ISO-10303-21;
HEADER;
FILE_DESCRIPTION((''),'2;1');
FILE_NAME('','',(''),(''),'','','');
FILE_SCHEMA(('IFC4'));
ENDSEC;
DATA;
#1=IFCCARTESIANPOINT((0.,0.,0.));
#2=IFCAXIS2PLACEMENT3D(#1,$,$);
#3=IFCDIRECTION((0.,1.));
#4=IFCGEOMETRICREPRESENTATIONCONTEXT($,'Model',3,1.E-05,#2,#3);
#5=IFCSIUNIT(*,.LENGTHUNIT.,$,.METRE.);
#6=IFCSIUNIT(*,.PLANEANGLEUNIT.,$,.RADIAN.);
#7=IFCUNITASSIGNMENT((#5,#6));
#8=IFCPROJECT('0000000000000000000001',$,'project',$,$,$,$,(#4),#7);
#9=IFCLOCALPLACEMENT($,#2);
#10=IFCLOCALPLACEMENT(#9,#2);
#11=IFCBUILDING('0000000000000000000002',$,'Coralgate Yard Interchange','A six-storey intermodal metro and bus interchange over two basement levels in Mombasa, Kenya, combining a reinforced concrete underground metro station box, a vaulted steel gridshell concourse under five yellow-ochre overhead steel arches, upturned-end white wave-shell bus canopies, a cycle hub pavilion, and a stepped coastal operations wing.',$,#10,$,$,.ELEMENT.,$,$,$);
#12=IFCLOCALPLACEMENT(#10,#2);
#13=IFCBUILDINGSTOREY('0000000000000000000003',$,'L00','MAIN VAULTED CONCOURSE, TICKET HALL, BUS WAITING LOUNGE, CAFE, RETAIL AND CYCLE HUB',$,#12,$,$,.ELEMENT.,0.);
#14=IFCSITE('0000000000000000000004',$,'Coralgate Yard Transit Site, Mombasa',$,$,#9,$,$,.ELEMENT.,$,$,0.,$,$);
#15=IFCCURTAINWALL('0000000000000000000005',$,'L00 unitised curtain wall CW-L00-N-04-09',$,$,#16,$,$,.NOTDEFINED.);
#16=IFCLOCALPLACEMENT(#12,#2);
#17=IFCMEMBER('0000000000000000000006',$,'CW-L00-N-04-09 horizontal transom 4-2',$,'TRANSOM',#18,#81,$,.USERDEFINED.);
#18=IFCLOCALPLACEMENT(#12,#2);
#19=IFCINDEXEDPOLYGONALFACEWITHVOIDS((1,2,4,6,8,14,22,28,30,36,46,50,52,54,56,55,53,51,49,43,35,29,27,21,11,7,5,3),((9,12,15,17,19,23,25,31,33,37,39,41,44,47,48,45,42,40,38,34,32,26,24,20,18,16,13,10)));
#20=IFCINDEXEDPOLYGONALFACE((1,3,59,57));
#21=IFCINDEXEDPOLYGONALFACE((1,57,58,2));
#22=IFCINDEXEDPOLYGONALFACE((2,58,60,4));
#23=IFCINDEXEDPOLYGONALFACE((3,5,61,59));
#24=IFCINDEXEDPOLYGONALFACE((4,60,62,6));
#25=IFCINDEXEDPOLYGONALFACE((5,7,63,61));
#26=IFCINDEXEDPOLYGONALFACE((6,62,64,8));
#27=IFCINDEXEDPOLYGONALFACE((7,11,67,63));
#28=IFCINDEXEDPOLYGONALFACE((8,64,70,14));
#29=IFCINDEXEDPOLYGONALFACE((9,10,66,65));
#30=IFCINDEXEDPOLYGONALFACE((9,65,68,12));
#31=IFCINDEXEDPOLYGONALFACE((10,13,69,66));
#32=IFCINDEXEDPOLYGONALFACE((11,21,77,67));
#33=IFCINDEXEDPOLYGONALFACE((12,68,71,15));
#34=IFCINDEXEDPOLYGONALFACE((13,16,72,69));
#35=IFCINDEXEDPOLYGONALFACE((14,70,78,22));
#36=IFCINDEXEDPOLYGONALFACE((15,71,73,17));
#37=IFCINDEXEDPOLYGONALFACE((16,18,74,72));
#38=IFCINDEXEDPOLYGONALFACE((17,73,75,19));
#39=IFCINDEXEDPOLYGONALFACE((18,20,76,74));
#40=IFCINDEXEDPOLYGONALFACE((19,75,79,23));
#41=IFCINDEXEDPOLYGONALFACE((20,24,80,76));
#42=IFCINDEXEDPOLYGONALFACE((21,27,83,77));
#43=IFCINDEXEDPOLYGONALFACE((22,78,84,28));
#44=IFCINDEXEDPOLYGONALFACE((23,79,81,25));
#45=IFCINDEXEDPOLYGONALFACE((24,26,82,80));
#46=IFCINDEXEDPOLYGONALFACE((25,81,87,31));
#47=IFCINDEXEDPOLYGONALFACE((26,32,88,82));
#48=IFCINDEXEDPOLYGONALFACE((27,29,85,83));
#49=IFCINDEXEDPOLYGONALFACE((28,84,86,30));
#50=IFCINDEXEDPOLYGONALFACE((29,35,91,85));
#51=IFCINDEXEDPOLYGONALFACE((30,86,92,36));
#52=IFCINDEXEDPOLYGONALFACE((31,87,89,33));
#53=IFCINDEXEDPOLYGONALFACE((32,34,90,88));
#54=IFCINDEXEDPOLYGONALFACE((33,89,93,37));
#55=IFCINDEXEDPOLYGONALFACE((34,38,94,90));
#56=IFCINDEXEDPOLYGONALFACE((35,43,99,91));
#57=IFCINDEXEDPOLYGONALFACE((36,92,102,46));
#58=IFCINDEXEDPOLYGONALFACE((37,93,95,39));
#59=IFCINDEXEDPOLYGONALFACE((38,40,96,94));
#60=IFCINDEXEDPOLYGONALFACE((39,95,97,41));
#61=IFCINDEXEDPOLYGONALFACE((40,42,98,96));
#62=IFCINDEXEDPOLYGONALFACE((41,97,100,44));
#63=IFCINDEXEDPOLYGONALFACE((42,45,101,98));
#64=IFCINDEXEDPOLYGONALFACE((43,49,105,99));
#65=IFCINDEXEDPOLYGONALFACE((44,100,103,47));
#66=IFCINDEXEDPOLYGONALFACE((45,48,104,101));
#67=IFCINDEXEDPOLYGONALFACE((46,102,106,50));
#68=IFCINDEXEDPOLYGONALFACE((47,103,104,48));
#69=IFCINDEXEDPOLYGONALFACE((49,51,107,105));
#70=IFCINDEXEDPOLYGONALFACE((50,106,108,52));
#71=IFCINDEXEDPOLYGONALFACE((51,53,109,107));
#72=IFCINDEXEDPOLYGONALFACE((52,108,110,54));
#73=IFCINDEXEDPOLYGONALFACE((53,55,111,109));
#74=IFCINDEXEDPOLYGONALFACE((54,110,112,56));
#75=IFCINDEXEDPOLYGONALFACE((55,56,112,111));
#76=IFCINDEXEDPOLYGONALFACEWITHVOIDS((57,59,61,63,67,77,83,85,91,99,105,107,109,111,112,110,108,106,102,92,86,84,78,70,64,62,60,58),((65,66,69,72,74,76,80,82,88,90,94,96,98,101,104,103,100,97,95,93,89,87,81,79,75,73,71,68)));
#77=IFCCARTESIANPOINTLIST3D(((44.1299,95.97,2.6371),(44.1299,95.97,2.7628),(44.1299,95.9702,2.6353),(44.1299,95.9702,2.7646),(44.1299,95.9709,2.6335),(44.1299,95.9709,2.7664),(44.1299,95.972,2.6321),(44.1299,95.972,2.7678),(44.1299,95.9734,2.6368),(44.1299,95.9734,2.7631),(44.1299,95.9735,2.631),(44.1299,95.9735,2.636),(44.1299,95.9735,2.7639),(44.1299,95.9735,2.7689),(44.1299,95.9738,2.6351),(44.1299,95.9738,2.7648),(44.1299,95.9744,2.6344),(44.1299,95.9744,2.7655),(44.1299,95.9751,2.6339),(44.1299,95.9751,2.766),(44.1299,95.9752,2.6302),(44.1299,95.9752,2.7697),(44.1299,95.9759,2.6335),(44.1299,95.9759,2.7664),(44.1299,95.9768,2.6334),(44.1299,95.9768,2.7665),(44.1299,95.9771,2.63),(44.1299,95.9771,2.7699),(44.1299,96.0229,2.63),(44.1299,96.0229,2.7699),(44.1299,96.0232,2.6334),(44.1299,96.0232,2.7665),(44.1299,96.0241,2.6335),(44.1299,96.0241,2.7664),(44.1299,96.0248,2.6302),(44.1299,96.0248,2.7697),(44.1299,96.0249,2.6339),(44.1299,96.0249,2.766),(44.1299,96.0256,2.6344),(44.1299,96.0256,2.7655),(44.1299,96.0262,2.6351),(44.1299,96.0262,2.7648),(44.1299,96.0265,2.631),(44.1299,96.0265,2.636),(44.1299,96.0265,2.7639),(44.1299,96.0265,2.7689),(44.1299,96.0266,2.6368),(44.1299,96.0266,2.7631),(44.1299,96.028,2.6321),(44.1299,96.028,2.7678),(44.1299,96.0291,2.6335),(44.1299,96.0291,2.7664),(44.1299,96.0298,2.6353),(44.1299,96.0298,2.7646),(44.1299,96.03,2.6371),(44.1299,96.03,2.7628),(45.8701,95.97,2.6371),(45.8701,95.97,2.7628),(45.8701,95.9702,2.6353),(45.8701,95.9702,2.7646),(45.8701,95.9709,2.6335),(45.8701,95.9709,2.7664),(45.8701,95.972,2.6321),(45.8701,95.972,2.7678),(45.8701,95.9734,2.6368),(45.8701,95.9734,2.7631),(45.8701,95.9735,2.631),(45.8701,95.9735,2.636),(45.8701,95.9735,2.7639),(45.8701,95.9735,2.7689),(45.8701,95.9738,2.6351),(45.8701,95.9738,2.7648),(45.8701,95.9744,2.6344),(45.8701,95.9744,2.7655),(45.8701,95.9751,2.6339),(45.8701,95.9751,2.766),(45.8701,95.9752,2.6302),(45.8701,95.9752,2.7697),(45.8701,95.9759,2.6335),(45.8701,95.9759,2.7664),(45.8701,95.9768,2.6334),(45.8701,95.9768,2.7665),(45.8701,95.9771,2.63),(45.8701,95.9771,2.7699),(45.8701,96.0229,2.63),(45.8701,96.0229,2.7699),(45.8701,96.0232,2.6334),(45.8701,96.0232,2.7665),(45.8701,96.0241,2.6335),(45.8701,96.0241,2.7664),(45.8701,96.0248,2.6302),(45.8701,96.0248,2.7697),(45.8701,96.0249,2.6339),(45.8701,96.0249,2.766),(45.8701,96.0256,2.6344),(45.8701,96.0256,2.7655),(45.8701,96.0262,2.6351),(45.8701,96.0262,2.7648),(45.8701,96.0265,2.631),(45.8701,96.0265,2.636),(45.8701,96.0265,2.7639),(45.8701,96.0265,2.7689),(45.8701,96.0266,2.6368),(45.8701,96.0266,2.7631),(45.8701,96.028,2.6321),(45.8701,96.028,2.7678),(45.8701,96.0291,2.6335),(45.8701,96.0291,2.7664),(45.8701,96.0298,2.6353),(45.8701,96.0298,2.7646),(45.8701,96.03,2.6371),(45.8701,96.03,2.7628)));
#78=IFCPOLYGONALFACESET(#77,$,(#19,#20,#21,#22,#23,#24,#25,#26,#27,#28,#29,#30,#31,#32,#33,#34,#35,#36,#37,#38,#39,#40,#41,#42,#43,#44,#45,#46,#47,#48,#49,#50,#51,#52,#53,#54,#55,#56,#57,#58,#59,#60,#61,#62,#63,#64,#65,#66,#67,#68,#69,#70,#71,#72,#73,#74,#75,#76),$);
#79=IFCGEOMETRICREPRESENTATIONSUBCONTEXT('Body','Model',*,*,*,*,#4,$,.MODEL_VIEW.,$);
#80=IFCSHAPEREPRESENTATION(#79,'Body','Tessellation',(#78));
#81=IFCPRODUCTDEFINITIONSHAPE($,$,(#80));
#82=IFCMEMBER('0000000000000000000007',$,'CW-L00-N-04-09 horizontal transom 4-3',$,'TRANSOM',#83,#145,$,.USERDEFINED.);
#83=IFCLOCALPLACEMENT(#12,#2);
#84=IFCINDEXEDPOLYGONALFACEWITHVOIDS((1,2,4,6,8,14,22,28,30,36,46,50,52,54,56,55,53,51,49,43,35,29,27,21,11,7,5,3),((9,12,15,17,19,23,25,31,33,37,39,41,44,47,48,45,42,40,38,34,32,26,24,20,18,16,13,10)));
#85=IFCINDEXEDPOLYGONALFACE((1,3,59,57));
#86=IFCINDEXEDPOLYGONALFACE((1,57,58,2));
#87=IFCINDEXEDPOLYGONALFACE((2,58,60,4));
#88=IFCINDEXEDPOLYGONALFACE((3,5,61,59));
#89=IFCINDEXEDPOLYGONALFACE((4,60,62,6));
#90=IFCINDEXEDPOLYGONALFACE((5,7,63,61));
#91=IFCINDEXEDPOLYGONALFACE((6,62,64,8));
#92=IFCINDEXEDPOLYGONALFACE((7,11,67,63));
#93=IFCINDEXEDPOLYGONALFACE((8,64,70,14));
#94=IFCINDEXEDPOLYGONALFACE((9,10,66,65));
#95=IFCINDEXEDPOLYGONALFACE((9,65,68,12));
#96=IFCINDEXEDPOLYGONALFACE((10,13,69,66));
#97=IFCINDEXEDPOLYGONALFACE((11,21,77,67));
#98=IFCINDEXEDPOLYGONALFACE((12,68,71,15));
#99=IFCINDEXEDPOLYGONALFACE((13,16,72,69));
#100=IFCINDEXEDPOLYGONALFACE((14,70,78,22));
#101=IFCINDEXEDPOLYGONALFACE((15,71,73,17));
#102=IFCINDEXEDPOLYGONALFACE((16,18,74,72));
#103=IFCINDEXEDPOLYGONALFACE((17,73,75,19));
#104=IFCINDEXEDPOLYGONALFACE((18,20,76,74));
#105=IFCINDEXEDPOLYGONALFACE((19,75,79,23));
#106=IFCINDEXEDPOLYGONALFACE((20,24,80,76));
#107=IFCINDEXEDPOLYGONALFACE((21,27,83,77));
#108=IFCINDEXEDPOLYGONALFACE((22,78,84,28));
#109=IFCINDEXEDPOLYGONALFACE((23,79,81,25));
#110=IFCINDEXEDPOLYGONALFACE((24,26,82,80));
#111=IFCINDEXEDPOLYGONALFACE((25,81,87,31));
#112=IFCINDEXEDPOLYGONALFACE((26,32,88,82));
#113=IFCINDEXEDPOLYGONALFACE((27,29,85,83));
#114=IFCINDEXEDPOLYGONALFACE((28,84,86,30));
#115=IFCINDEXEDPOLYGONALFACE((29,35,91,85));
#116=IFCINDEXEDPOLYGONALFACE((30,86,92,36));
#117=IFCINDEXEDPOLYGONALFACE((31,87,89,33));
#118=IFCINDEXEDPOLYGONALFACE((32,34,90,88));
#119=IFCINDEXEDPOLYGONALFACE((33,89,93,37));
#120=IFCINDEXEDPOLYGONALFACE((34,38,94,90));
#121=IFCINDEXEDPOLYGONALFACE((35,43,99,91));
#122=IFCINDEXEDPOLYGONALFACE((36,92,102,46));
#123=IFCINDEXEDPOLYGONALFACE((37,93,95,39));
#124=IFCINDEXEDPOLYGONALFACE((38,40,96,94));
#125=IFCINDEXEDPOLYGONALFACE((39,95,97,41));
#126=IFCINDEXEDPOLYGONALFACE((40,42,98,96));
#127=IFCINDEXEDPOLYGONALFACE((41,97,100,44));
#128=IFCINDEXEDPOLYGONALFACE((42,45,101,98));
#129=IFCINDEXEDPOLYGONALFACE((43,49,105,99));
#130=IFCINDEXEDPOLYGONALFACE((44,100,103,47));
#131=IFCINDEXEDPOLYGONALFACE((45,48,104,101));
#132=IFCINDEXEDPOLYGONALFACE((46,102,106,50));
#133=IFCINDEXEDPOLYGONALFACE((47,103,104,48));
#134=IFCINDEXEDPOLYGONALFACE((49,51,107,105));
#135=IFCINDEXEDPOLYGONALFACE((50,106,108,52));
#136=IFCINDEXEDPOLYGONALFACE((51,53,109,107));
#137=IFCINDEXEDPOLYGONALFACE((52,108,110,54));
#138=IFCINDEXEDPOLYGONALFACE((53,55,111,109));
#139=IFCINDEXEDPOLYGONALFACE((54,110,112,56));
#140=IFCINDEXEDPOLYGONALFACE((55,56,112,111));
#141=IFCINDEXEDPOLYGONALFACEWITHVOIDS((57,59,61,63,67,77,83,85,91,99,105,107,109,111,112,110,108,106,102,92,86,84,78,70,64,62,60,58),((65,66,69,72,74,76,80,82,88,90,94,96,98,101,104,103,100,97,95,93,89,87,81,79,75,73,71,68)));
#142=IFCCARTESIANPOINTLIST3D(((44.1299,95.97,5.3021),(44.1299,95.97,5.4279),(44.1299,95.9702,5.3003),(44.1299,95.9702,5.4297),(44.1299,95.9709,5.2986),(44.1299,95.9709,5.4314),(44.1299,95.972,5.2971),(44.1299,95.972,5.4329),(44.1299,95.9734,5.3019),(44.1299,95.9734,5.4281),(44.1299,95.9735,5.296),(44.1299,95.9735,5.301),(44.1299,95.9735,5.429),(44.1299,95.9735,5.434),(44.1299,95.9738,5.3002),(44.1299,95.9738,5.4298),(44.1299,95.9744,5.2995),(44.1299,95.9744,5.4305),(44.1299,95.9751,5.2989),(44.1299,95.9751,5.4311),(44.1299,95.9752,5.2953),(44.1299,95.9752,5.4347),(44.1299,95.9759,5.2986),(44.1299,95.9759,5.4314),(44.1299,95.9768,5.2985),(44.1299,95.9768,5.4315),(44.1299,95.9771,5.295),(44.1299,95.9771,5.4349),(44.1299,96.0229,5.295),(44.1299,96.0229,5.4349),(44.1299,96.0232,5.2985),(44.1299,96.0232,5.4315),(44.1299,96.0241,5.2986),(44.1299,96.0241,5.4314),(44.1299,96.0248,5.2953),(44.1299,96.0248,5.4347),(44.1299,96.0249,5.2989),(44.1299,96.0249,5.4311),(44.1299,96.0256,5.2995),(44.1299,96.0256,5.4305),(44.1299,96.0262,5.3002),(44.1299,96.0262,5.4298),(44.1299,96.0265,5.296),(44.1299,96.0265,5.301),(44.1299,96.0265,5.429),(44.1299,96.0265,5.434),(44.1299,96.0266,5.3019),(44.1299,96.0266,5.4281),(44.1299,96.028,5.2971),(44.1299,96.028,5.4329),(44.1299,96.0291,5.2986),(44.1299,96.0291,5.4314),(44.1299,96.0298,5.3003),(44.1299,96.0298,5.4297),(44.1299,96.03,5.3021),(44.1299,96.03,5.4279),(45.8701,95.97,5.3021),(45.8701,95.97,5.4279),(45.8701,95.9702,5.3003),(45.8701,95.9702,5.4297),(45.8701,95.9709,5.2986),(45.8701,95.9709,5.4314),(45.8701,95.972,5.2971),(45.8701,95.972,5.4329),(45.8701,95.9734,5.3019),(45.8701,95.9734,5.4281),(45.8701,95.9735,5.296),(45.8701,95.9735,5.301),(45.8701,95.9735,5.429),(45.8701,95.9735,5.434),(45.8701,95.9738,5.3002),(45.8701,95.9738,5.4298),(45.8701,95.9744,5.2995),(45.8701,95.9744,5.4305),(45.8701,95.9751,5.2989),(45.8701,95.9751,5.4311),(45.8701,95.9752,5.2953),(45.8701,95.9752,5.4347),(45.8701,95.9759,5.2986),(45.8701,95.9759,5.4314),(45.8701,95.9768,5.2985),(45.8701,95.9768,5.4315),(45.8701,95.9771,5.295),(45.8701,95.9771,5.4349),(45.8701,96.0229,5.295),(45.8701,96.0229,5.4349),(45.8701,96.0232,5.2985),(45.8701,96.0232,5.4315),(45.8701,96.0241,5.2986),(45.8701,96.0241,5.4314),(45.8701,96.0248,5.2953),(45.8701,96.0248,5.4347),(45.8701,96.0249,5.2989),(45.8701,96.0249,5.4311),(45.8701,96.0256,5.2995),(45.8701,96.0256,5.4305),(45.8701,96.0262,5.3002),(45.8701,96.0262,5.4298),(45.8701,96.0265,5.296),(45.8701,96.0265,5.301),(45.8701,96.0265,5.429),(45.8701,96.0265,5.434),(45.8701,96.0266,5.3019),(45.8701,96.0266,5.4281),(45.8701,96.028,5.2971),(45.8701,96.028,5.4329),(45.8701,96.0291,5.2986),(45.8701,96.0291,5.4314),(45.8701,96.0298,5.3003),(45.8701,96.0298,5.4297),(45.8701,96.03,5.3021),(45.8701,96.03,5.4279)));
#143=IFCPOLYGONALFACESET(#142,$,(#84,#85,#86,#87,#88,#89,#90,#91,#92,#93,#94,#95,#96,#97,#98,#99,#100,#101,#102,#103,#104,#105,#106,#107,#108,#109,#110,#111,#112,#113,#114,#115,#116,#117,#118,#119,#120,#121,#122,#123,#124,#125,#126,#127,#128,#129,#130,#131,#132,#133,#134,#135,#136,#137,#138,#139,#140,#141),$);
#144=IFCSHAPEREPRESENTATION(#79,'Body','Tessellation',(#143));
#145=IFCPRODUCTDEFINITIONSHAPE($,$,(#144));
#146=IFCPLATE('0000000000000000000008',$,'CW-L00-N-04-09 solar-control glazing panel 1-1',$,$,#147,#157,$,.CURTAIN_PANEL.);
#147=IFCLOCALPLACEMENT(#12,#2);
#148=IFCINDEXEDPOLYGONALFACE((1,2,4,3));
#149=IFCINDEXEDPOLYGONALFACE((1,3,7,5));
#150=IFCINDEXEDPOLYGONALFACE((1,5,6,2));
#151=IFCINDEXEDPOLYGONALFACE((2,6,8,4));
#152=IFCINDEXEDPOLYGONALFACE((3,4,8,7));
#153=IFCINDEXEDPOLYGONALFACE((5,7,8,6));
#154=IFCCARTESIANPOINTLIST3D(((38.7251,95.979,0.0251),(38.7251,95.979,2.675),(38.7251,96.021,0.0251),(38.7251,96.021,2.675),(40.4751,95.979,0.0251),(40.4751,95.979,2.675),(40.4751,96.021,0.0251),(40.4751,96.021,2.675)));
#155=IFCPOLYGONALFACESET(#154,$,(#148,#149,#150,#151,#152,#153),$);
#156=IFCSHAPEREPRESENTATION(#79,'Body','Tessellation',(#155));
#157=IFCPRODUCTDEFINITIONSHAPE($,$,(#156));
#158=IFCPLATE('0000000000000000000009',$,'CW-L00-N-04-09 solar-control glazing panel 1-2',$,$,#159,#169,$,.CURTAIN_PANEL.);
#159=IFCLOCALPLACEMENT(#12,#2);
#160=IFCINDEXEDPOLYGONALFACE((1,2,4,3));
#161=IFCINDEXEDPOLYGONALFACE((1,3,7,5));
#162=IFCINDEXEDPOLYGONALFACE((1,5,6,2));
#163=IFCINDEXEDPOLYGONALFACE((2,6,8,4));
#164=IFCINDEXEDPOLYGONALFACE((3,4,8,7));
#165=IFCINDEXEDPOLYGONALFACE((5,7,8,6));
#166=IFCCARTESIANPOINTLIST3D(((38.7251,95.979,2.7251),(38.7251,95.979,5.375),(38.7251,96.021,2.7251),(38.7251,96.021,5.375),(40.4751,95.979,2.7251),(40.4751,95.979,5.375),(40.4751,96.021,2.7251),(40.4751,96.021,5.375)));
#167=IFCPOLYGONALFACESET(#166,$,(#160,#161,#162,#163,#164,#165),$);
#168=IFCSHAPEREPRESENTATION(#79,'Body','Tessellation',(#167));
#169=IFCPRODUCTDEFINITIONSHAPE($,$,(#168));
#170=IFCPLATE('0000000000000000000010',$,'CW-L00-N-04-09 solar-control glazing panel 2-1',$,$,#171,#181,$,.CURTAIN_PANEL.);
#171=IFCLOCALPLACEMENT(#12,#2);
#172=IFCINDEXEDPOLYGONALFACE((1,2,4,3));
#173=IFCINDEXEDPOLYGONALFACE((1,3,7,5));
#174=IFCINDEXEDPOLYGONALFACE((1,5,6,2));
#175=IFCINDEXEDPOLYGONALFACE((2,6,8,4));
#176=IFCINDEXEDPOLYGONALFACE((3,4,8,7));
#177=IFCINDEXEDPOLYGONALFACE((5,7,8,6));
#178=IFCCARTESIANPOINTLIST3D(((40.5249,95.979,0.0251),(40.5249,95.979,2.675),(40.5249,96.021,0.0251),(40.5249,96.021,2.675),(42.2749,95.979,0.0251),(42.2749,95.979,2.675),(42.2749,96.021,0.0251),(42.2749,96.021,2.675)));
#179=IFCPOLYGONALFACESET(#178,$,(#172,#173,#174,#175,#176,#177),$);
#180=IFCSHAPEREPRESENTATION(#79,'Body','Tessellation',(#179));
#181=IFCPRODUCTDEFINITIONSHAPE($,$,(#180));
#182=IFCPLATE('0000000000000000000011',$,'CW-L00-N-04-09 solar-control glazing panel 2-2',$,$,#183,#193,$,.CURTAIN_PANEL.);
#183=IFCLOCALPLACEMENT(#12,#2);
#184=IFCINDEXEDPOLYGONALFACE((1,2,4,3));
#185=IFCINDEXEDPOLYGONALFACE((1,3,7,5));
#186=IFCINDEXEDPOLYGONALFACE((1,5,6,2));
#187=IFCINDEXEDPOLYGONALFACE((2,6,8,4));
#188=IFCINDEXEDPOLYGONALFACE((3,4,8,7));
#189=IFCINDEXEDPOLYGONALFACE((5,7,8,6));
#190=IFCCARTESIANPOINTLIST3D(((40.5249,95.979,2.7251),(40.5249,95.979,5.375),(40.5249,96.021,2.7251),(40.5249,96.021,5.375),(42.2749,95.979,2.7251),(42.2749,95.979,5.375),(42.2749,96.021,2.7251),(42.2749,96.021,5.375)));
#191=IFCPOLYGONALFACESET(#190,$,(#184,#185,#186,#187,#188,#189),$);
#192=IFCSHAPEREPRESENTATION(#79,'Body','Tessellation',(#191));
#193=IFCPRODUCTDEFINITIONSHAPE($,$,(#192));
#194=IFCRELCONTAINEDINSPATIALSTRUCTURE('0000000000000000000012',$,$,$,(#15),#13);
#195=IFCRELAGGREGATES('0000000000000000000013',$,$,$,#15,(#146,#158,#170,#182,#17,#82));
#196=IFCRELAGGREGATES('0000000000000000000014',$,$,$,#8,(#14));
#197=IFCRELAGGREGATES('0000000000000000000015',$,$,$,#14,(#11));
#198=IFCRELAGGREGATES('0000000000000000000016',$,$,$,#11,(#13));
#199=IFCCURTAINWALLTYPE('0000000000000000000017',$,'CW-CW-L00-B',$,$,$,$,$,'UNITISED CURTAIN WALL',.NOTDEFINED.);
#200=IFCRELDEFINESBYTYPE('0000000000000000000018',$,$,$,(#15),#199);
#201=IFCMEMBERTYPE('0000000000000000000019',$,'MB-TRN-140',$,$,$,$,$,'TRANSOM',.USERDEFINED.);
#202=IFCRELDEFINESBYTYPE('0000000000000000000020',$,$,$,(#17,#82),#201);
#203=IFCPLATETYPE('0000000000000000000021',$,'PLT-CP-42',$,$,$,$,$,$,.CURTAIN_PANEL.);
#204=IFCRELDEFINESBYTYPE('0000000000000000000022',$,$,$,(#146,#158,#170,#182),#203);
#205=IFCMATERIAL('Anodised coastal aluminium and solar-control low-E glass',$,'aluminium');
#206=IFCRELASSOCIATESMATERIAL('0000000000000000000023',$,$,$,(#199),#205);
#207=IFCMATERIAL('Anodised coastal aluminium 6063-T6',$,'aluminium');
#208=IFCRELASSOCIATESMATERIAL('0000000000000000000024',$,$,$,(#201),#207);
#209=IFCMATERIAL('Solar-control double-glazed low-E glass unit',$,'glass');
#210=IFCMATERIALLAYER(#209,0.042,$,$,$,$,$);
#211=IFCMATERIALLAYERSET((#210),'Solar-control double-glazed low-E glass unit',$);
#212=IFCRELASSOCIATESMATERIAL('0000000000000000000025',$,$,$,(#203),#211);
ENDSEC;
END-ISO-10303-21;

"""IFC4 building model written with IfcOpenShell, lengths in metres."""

from ifc_helpers import new_model, si_unit, direction, frame, origin, origin_2d, place, context, subcontext, project, spatial, rectangle, hollow_rectangle, extrude, material, layer, layer_set, material_profile, profile_set, type_object, element, aggregate, save


model = new_model("IFC4")

# Units and contexts
model_context = context("Model", 3, precision=1e-05, world=origin(), true_north=direction((0.0, 1.0)))
body_context = subcontext(model_context, "Body", "Model", "MODEL_VIEW")
ifc_project = project(units=[si_unit("LENGTHUNIT", "METRE"), si_unit("PLANEANGLEUNIT", "RADIAN")], contexts=[model_context])

# Site, building, storey
site_placement = place(None, origin())
site = spatial("IfcSite", under=ifc_project, at=site_placement, Name="Coralgate Yard Transit Site, Mombasa", CompositionType="ELEMENT", RefElevation=0.0)
building_placement = place(site_placement, origin())
building = spatial("IfcBuilding", under=site, at=building_placement, Name="Coralgate Yard Interchange", Description="A six-storey intermodal metro and bus interchange over two basement levels in Mombasa, Kenya, combining a reinforced concrete underground metro station box, a vaulted steel gridshell concourse under five yellow-ochre overhead steel arches, upturned-end white wave-shell bus canopies, a cycle hub pavilion, and a stepped coastal operations wing.", CompositionType="ELEMENT")
storey_placement = place(building_placement, origin())
storey = spatial("IfcBuildingStorey", under=building, at=storey_placement, Name="L00", Description="MAIN VAULTED CONCOURSE, TICKET HALL, BUS WAITING LOUNGE, CAFE, RETAIL AND CYCLE HUB", CompositionType="ELEMENT", Elevation=0.0)

# Curtain wall, members, plates
ifc_material_1 = material(Name="Anodised coastal aluminium and solar-control low-E glass", Category="aluminium")
curtain_wall_type = type_object("IfcCurtainWallType", Name="CW-CW-L00-B", ElementType="UNITISED CURTAIN WALL", PredefinedType="NOTDEFINED", material=ifc_material_1)
curtain_wall_placement = place(storey_placement, origin())
curtain_wall = element("IfcCurtainWall", 1, at=curtain_wall_placement, inside=storey, type_object=curtain_wall_type, Name="L00 unitised curtain wall CW-L00-N-04-09", PredefinedType="NOTDEFINED")
ifc_material_2 = material(Name="Anodised coastal aluminium 6063-T6", Category="aluminium")
ifc_material_profile_1 = material_profile(ifc_material_2, hollow_rectangle(XDim=0.0601, YDim=0.1399, WallThickness=0.0034, InnerFilletRadius=0.0034, OuterFilletRadius=0.0071, at=origin_2d()), Name="ALU 60x140x3.5")
ifc_profile_set_1 = profile_set([ifc_material_profile_1], Name="Anodised coastal aluminium 6063-T6")
member_type_1 = type_object("IfcMemberType", Name="MB-TRN-140", ElementType="TRANSOM", PredefinedType="USERDEFINED", material=ifc_profile_set_1)
member_1_placement = place(storey_placement, frame((44.1299, 96.0, 2.7), z_axis=(1.0, 0.0, 0.0), x_axis=(0.0, 1.0, 0.0)))
member_1 = element("IfcMember", 2, at=member_1_placement, type_object=member_type_1, Name="CW-L00-N-04-09 horizontal transom 4-2", ObjectType="TRANSOM", PredefinedType="USERDEFINED", context=body_context, shape_type="SweptSolid", body=[
    extrude(hollow_rectangle(XDim=0.0601, YDim=0.1399, WallThickness=0.0034, InnerFilletRadius=0.0034, OuterFilletRadius=0.0071, at=origin_2d()), origin(), (0.0, 0.0, 1.0), 1.7402),
])
member_2_placement = place(storey_placement, frame((44.1299, 96.0, 5.365), z_axis=(1.0, 0.0, 0.0), x_axis=(0.0, 1.0, 0.0)))
member_2 = element("IfcMember", 3, at=member_2_placement, type_object=member_type_1, Name="CW-L00-N-04-09 horizontal transom 4-3", ObjectType="TRANSOM", PredefinedType="USERDEFINED", context=body_context, shape_type="SweptSolid", body=[
    extrude(hollow_rectangle(XDim=0.0601, YDim=0.1399, WallThickness=0.0034, InnerFilletRadius=0.0034, OuterFilletRadius=0.0071, at=origin_2d()), origin(), (0.0, 0.0, 1.0), 1.7402),
])
ifc_material_3 = material(Name="Solar-control double-glazed low-E glass unit", Category="glass")
ifc_layer = layer(ifc_material_3, 0.042)
ifc_layer_set = layer_set([ifc_layer], Name="Solar-control double-glazed low-E glass unit")
plate_type = type_object("IfcPlateType", Name="PLT-CP-42", PredefinedType="CURTAIN_PANEL", material=ifc_layer_set)
plate_1_placement = place(storey_placement, frame((39.6001, 96.0, 0.0251), z_axis=(0.0, 0.0, 1.0), x_axis=(1.0, 0.0, 0.0)))
plate_1 = element("IfcPlate", 4, at=plate_1_placement, type_object=plate_type, Name="CW-L00-N-04-09 solar-control glazing panel 1-1", PredefinedType="CURTAIN_PANEL", context=body_context, shape_type="SweptSolid", body=[
    extrude(rectangle(XDim=1.75, YDim=0.042, at=origin_2d()), origin(), (0.0, 0.0, 1.0), 2.6499),
])
plate_2_placement = place(storey_placement, frame((39.6001, 96.0, 2.7251), z_axis=(0.0, 0.0, 1.0), x_axis=(1.0, 0.0, 0.0)))
plate_2 = element("IfcPlate", 5, at=plate_2_placement, type_object=plate_type, Name="CW-L00-N-04-09 solar-control glazing panel 1-2", PredefinedType="CURTAIN_PANEL", context=body_context, shape_type="SweptSolid", body=[
    extrude(rectangle(XDim=1.75, YDim=0.042, at=origin_2d()), origin(), (0.0, 0.0, 1.0), 2.6499),
])
plate_3_placement = place(storey_placement, frame((41.3999, 96.0, 0.0251), z_axis=(0.0, 0.0, 1.0), x_axis=(1.0, 0.0, 0.0)))
plate_3 = element("IfcPlate", 6, at=plate_3_placement, type_object=plate_type, Name="CW-L00-N-04-09 solar-control glazing panel 2-1", PredefinedType="CURTAIN_PANEL", context=body_context, shape_type="SweptSolid", body=[
    extrude(rectangle(XDim=1.75, YDim=0.042, at=origin_2d()), origin(), (0.0, 0.0, 1.0), 2.6499),
])
plate_4_placement = place(storey_placement, frame((41.3999, 96.0, 2.7251), z_axis=(0.0, 0.0, 1.0), x_axis=(1.0, 0.0, 0.0)))
plate_4 = element("IfcPlate", 7, at=plate_4_placement, type_object=plate_type, Name="CW-L00-N-04-09 solar-control glazing panel 2-2", PredefinedType="CURTAIN_PANEL", context=body_context, shape_type="SweptSolid", body=[
    extrude(rectangle(XDim=1.75, YDim=0.042, at=origin_2d()), origin(), (0.0, 0.0, 1.0), 2.6499),
])
aggregate(curtain_wall, [plate_1, plate_2, plate_3, plate_4, member_1, member_2])

save(model, "model.ifc")
